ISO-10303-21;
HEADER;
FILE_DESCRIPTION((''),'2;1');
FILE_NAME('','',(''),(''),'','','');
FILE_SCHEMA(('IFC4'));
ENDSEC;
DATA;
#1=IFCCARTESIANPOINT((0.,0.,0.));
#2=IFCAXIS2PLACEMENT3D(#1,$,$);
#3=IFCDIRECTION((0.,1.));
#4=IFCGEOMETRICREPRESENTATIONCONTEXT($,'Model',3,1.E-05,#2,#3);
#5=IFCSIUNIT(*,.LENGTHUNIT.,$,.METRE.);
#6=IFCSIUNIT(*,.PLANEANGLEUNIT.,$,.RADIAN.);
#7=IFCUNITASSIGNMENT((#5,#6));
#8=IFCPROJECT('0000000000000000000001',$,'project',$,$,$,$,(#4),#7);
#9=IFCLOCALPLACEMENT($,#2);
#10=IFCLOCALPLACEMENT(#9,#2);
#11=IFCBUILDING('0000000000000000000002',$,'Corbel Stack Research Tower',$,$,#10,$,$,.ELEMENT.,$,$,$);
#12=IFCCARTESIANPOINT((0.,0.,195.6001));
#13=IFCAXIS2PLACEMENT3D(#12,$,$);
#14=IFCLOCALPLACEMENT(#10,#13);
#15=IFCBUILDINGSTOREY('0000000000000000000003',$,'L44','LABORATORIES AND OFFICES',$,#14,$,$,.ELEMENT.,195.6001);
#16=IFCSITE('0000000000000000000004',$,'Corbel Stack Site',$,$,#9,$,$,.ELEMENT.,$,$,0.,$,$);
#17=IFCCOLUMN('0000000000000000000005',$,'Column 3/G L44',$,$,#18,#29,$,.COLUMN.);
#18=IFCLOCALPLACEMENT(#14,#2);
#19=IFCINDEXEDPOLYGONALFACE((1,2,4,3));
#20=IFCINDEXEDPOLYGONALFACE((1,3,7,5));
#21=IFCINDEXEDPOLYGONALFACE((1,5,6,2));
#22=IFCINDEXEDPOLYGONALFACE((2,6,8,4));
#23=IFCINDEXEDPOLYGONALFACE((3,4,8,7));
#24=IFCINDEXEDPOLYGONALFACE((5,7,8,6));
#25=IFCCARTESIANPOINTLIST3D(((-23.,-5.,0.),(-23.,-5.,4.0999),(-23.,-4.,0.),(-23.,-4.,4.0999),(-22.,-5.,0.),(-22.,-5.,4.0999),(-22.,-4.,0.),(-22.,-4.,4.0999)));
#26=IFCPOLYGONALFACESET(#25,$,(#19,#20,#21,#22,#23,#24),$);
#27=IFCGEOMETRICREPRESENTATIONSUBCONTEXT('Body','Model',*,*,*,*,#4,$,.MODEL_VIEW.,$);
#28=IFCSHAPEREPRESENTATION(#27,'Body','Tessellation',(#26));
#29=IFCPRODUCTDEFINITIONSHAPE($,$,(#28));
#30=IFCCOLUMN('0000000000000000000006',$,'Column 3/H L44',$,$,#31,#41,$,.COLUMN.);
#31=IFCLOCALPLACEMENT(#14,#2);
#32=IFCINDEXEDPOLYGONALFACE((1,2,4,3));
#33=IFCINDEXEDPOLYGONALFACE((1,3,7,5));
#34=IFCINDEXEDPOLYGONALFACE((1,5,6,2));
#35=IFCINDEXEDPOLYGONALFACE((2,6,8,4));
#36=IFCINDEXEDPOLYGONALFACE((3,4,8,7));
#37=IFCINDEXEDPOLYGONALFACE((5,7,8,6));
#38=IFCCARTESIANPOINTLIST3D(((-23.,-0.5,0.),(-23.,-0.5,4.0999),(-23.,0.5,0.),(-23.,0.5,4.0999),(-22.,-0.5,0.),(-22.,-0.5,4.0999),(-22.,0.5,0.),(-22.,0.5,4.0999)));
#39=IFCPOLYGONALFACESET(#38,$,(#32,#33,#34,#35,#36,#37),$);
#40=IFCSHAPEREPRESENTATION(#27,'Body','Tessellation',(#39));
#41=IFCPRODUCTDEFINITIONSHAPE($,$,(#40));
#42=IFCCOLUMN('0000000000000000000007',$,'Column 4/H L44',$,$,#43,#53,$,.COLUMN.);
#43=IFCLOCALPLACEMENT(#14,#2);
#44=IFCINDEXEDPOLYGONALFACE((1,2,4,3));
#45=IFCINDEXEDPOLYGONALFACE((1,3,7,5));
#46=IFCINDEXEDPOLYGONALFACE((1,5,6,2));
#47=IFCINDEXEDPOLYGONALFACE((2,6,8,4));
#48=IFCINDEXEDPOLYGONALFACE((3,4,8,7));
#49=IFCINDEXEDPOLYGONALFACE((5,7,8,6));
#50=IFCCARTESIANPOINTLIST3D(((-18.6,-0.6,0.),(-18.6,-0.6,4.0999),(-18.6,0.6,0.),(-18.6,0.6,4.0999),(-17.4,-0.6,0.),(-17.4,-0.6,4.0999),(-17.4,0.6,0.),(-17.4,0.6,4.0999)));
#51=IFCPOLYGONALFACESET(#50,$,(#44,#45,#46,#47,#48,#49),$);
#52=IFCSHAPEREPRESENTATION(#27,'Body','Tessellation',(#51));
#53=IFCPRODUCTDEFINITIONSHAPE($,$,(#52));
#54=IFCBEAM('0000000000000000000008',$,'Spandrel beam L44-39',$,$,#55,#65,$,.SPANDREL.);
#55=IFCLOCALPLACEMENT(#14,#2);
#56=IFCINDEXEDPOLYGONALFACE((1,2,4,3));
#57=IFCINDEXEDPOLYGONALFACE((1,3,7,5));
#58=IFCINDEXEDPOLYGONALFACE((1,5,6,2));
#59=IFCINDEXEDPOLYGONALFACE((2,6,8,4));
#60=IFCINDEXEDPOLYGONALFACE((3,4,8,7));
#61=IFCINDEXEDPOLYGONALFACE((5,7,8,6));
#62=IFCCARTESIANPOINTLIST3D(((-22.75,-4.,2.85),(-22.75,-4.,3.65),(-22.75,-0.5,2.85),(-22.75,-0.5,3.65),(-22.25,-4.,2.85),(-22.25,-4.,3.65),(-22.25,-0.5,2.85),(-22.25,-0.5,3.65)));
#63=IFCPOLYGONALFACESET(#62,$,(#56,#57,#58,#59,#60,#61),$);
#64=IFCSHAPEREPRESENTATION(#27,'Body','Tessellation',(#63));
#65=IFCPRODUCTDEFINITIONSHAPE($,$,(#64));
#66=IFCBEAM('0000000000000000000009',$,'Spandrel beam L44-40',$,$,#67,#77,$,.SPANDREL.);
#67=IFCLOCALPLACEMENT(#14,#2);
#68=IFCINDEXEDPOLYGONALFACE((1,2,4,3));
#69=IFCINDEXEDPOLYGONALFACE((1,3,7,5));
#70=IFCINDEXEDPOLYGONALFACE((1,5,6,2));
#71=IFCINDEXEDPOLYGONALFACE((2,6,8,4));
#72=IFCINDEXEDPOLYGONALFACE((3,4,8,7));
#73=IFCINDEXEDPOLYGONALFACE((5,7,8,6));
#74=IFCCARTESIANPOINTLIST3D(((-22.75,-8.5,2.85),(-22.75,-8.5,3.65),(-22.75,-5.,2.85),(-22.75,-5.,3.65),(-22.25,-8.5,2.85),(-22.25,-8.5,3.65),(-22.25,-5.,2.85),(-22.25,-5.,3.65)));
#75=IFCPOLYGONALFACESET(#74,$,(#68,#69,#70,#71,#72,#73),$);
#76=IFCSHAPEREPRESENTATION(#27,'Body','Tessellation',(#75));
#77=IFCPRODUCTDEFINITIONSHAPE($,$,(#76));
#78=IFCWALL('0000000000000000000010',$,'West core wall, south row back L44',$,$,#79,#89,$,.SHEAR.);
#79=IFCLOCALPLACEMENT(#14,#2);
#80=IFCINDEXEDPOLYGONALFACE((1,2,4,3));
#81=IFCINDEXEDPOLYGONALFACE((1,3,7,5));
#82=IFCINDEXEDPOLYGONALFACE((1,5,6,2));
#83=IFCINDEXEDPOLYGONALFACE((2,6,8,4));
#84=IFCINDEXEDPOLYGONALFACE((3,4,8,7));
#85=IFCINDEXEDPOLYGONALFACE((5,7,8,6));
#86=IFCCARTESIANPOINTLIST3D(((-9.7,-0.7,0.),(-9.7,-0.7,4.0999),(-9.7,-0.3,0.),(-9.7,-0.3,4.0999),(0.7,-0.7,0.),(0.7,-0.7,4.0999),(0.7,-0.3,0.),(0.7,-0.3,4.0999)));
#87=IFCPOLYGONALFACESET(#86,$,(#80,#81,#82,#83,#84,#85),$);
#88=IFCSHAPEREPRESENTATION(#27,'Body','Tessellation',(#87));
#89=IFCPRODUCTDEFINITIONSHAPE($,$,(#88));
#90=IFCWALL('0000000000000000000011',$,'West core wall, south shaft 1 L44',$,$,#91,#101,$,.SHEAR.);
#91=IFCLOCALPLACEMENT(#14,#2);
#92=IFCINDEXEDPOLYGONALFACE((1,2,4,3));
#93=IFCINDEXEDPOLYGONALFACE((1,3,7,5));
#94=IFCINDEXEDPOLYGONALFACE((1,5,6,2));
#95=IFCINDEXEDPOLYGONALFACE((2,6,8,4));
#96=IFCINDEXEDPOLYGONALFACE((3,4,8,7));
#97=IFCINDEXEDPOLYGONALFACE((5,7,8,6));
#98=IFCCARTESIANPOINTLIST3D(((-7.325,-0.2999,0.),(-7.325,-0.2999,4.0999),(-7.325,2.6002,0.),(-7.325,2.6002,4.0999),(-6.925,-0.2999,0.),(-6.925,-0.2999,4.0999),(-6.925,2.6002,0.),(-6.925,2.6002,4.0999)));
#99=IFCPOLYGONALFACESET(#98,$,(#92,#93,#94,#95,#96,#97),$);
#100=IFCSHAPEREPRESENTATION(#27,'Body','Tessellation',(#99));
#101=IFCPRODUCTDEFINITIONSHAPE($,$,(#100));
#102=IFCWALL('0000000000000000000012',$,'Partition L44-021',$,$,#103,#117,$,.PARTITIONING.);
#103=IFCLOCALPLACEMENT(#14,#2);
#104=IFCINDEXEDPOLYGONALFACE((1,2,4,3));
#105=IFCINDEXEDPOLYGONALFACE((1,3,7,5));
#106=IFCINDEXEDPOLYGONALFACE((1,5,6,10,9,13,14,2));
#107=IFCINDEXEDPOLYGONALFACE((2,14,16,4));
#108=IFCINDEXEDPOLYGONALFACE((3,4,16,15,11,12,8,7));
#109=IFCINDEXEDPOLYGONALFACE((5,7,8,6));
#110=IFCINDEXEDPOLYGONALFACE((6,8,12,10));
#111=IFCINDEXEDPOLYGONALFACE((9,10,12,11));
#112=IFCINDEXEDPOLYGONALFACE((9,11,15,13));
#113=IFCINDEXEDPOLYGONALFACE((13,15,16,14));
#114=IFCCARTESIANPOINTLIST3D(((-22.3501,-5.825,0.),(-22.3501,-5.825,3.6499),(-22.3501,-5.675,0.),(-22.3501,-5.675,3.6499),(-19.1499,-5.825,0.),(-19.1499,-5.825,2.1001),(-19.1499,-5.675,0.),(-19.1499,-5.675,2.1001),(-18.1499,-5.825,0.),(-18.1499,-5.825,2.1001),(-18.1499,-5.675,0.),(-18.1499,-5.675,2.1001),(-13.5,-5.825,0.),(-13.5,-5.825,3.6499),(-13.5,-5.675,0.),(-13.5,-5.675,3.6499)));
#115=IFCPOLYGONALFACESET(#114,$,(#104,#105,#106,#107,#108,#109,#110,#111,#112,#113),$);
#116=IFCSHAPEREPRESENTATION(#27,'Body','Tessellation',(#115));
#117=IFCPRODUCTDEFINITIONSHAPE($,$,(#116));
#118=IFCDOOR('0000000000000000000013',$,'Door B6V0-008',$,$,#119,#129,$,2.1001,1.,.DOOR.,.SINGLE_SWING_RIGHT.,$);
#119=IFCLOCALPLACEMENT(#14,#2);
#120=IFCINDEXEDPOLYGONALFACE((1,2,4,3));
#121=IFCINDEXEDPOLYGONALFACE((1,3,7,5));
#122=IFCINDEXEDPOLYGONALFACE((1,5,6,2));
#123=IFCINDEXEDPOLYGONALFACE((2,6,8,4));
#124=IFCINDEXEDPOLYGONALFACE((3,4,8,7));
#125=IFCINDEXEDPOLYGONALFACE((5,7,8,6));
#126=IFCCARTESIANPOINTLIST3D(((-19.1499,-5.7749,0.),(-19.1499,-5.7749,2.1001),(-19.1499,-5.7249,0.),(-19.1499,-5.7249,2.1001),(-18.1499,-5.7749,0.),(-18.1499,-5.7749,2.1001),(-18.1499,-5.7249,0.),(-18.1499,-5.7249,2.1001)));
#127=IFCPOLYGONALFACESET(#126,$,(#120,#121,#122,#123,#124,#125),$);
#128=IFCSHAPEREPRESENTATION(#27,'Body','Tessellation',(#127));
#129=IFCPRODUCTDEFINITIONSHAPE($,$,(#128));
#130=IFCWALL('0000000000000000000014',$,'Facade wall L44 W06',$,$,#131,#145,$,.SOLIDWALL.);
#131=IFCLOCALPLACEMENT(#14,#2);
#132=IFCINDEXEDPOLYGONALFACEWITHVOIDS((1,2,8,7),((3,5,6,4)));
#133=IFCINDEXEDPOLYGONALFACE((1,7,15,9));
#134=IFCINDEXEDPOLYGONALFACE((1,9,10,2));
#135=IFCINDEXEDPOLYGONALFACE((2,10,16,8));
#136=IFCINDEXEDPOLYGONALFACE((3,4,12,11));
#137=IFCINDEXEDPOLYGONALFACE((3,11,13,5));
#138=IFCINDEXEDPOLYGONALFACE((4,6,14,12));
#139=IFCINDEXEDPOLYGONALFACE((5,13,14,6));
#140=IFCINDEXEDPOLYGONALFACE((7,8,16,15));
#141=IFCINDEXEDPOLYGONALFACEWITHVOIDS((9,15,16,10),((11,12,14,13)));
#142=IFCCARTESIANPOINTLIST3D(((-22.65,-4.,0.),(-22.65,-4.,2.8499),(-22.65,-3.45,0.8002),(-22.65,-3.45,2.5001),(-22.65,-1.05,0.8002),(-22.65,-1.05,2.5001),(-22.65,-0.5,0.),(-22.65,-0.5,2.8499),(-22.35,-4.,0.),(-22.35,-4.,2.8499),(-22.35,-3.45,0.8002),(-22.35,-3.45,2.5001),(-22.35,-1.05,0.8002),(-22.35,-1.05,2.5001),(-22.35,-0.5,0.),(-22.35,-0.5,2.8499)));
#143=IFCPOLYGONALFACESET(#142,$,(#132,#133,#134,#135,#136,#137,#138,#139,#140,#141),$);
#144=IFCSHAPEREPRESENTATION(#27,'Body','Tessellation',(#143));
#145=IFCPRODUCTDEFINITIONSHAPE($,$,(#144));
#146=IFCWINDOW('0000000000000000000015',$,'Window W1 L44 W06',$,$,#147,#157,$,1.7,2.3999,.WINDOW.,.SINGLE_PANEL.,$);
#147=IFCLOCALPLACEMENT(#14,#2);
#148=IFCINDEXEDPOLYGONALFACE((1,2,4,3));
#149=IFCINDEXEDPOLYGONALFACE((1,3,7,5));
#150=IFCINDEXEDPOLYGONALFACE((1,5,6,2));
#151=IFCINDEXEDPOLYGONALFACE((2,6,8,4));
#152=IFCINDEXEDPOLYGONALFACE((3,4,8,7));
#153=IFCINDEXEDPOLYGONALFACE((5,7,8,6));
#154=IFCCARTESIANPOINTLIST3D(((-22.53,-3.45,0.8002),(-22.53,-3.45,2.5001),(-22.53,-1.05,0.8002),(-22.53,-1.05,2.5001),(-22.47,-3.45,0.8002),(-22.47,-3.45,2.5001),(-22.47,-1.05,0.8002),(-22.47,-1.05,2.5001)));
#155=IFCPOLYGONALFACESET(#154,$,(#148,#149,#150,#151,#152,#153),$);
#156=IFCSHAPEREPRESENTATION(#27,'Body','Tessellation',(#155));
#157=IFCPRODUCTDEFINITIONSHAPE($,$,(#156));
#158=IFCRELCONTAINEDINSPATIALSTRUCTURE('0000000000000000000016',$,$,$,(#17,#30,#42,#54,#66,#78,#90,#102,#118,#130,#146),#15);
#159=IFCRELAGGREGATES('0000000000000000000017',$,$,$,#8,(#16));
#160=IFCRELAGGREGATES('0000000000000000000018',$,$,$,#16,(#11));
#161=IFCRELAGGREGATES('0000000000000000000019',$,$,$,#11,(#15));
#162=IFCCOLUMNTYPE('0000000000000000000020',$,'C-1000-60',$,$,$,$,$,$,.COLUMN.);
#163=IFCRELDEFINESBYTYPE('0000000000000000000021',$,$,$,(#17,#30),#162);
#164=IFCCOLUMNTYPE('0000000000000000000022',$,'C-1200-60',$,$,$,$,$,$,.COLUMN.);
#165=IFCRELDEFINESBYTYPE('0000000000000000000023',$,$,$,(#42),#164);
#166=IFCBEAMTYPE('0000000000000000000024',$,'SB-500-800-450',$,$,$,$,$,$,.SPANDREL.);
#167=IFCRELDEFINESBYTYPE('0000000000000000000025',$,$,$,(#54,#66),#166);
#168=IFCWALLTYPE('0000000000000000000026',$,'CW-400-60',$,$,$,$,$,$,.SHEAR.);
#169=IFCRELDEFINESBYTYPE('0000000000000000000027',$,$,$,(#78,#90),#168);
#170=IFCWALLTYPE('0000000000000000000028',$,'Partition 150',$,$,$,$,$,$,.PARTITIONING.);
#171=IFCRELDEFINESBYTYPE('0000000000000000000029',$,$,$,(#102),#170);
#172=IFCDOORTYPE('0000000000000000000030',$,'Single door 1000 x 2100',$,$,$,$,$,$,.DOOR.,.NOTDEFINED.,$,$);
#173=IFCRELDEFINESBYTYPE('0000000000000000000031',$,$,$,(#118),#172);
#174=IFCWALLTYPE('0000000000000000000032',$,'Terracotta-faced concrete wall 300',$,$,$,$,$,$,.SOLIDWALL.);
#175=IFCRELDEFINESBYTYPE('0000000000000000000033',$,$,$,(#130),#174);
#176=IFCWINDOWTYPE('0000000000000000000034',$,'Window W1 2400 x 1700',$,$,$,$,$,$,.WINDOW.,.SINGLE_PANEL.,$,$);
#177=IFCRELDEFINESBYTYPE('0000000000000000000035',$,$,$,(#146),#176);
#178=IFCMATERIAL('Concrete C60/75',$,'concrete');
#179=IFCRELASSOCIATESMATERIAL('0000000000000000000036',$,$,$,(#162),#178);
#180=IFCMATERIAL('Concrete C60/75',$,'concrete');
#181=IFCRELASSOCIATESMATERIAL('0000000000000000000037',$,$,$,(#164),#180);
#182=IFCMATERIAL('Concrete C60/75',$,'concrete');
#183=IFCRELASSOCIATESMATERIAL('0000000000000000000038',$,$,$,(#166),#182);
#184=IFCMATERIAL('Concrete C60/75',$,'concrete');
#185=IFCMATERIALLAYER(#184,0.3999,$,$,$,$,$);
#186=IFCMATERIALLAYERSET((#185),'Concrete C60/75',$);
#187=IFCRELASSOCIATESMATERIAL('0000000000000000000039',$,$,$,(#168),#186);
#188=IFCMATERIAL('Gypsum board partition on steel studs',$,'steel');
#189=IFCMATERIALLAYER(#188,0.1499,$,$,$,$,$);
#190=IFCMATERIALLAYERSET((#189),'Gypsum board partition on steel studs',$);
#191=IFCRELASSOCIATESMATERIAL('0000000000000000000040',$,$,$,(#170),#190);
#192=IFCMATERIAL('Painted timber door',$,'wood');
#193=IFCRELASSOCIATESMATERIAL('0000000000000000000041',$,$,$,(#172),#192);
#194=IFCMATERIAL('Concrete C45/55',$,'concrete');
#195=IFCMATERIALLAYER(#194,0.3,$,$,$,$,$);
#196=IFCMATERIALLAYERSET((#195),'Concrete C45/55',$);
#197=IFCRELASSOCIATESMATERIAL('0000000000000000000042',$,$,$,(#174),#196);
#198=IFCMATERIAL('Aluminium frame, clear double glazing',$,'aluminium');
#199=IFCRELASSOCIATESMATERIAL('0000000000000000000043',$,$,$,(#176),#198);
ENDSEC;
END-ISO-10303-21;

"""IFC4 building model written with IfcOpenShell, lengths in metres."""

from ifc_helpers import new_model, si_unit, direction, frame, frame_2d, origin, origin_2d, place, context, subcontext, project, spatial, rectangle, extrude, material, layer, layer_set, material_profile, profile_set, type_object, element, fill, save


model = new_model("IFC4")

# Units and contexts
model_context = context("Model", 3, precision=1e-05, world=origin(), true_north=direction((0.0, 1.0)))
body_context = subcontext(model_context, "Body", "Model", "MODEL_VIEW")
ifc_project = project(units=[si_unit("LENGTHUNIT", "METRE"), si_unit("PLANEANGLEUNIT", "RADIAN")], contexts=[model_context])

# Site, building, storey
site_placement = place(None, origin())
site = spatial("IfcSite", under=ifc_project, at=site_placement, Name="Corbel Stack Site", CompositionType="ELEMENT", RefElevation=0.0)
building_placement = place(site_placement, origin())
building = spatial("IfcBuilding", under=site, at=building_placement, Name="Corbel Stack Research Tower", CompositionType="ELEMENT")
storey_placement = place(building_placement, frame((0.0, 0.0, 195.6001)))
storey = spatial("IfcBuildingStorey", under=building, at=storey_placement, Name="L44", Description="LABORATORIES AND OFFICES", CompositionType="ELEMENT", Elevation=195.6001)

# Columns
ifc_material_1 = material(Name="Concrete C60/75", Category="concrete")
ifc_material_profile_1 = material_profile(ifc_material_1, rectangle(XDim=1.0, YDim=1.0, at=origin_2d()), Name="RC 1000 x 1000")
ifc_profile_set_1 = profile_set([ifc_material_profile_1], Name="Concrete C60/75")
column_type_1 = type_object("IfcColumnType", Name="C-1000-60", PredefinedType="COLUMN", material=ifc_profile_set_1)
for number, where, z_axis, x_axis, name in (
    (1, (-22.5, -4.5, 0.0), (0.0, 0.0, 1.0), (1.0, 0.0, 0.0), "Column 3/G L44"),
    (2, (-22.5, 0.0, 0.0), (0.0, 0.0, 1.0), (1.0, 0.0, 0.0), "Column 3/H L44"),
):
    element("IfcColumn", number, at=place(storey_placement, frame(where, z_axis=z_axis, x_axis=x_axis)), inside=storey, type_object=column_type_1, Name=name, PredefinedType="COLUMN", context=body_context, shape_type="SweptSolid", body=[
        extrude(rectangle(XDim=1.0, YDim=1.0, at=origin_2d()), origin(), (0.0, 0.0, 1.0), 4.0999),
    ])
ifc_material_2 = material(Name="Concrete C60/75", Category="concrete")
ifc_material_profile_2 = material_profile(ifc_material_2, rectangle(XDim=1.2, YDim=1.2, at=origin_2d()), Name="RC 1200 x 1200")
ifc_profile_set_2 = profile_set([ifc_material_profile_2], Name="Concrete C60/75")
column_type_2 = type_object("IfcColumnType", Name="C-1200-60", PredefinedType="COLUMN", material=ifc_profile_set_2)
column_placement = place(storey_placement, frame((-18.0, 0.0, 0.0), z_axis=(0.0, 0.0, 1.0), x_axis=(1.0, 0.0, 0.0)))
element("IfcColumn", 3, at=column_placement, inside=storey, type_object=column_type_2, Name="Column 4/H L44", PredefinedType="COLUMN", context=body_context, shape_type="SweptSolid", body=[
    extrude(rectangle(XDim=1.2, YDim=1.2, at=origin_2d()), origin(), (0.0, 0.0, 1.0), 4.0999),
])

# Beams
ifc_material_3 = material(Name="Concrete C60/75", Category="concrete")
ifc_material_profile_3 = material_profile(ifc_material_3, rectangle(XDim=0.5, YDim=0.8, at=origin_2d()), Name="RC 500 x 800")
ifc_profile_set_3 = profile_set([ifc_material_profile_3], Name="Concrete C60/75")
beam_type = type_object("IfcBeamType", Name="SB-500-800-450", PredefinedType="SPANDREL", material=ifc_profile_set_3)
for number, where, z_axis, x_axis, name in (
    (4, (-22.5, -0.5, 3.25), (0.0, -1.0, 0.0), (1.0, 0.0, 0.0), "Spandrel beam L44-39"),
    (5, (-22.5, -5.0, 3.25), (0.0, -1.0, 0.0), (1.0, 0.0, 0.0), "Spandrel beam L44-40"),
):
    element("IfcBeam", number, at=place(storey_placement, frame(where, z_axis=z_axis, x_axis=x_axis)), inside=storey, type_object=beam_type, Name=name, PredefinedType="SPANDREL", context=body_context, shape_type="SweptSolid", body=[
        extrude(rectangle(XDim=0.5, YDim=0.8, at=origin_2d()), origin(), (0.0, 0.0, 1.0), 3.5),
    ])

# Walls
ifc_material_4 = material(Name="Concrete C60/75", Category="concrete")
ifc_layer_1 = layer(ifc_material_4, 0.3999)
ifc_layer_set_1 = layer_set([ifc_layer_1], Name="Concrete C60/75")
wall_type_1 = type_object("IfcWallType", Name="CW-400-60", PredefinedType="SHEAR", material=ifc_layer_set_1)
wall_1_placement = place(storey_placement, frame((-9.7, -0.5, 0.0), z_axis=(0.0, 0.0, 1.0), x_axis=(1.0, 0.0, 0.0)))
element("IfcWall", 6, at=wall_1_placement, inside=storey, type_object=wall_type_1, Name="West core wall, south row back L44", PredefinedType="SHEAR", context=body_context, shape_type="SweptSolid", body=[
    extrude(rectangle(XDim=10.3999, YDim=0.3999, at=frame_2d((5.2, 0.0))), origin(), (0.0, 0.0, 1.0), 4.0999),
])
wall_2_placement = place(storey_placement, frame((-7.125, -0.3, 0.0), z_axis=(0.0, 0.0, 1.0), x_axis=(0.0, 1.0, 0.0)))
element("IfcWall", 7, at=wall_2_placement, inside=storey, type_object=wall_type_1, Name="West core wall, south shaft 1 L44", PredefinedType="SHEAR", context=body_context, shape_type="SweptSolid", body=[
    extrude(rectangle(XDim=2.9001, YDim=0.3999, at=frame_2d((1.4502, 0.0))), origin(), (0.0, 0.0, 1.0), 4.0999),
])

# Wall, opening, door
ifc_material_5 = material(Name="Gypsum board partition on steel studs", Category="steel")
ifc_layer_2 = layer(ifc_material_5, 0.1499)
ifc_layer_set_2 = layer_set([ifc_layer_2], Name="Gypsum board partition on steel studs")
wall_type_2 = type_object("IfcWallType", Name="Partition 150", PredefinedType="PARTITIONING", material=ifc_layer_set_2)
wall_3_placement = place(storey_placement, frame((-13.5, -5.75, 0.0), z_axis=(0.0, 0.0, 1.0), x_axis=(-1.0, 0.0, 0.0)))
wall_3 = element("IfcWall", 8, at=wall_3_placement, inside=storey, type_object=wall_type_2, Name="Partition L44-021", PredefinedType="PARTITIONING", context=body_context, shape_type="SweptSolid", body=[
    extrude(rectangle(XDim=8.8501, YDim=0.1499, at=frame_2d((4.425, 0.0))), origin(), (0.0, 0.0, 1.0), 3.6499),
])
opening_1_placement = place(wall_3_placement, frame((4.6499, 0.0, 0.0)))
opening_1 = element("IfcOpeningElement", 9, at=opening_1_placement, cuts=wall_3, PredefinedType="OPENING", context=body_context, shape_type="SweptSolid", body=[
    extrude(rectangle(XDim=1.0, YDim=2.1001, at=frame_2d((0.5, 1.05))), frame((0.0, 0.085, 0.0), z_axis=(0.0, -1.0, 0.0), x_axis=(1.0, 0.0, 0.0)), (0.0, 0.0, 1.0), 0.1699),
])
ifc_material_6 = material(Name="Painted timber door", Category="wood")
door_type = type_object("IfcDoorType", Name="Single door 1000 x 2100", OperationType="NOTDEFINED", PredefinedType="DOOR", material=ifc_material_6)
door_placement = place(opening_1_placement, origin())
door = element("IfcDoor", 10, at=door_placement, inside=storey, type_object=door_type, Name="Door B6V0-008", OperationType="SINGLE_SWING_RIGHT", OverallHeight=2.1001, OverallWidth=1.0, PredefinedType="DOOR", context=body_context, shape_type="SweptSolid", body=[
    extrude(rectangle(XDim=1.0, YDim=2.1001, at=frame_2d((0.5, 1.05))), frame((0.0, 0.0249, 0.0), z_axis=(0.0, -1.0, 0.0), x_axis=(1.0, 0.0, 0.0)), (0.0, 0.0, 1.0), 0.05),
])
fill(opening_1, door)

# Wall, opening, window
ifc_material_7 = material(Name="Concrete C45/55", Category="concrete")
ifc_layer_3 = layer(ifc_material_7, 0.3)
ifc_layer_set_3 = layer_set([ifc_layer_3], Name="Concrete C45/55")
wall_type_3 = type_object("IfcWallType", Name="Terracotta-faced concrete wall 300", PredefinedType="SOLIDWALL", material=ifc_layer_set_3)
wall_4_placement = place(storey_placement, frame((-22.5, -4.0, 0.0), z_axis=(0.0, 0.0, 1.0), x_axis=(0.0, 1.0, 0.0)))
wall_4 = element("IfcWall", 11, at=wall_4_placement, inside=storey, type_object=wall_type_3, Name="Facade wall L44 W06", PredefinedType="SOLIDWALL", context=body_context, shape_type="SweptSolid", body=[
    extrude(rectangle(XDim=3.5, YDim=0.3, at=frame_2d((1.75, 0.0))), origin(), (0.0, 0.0, 1.0), 2.8499),
])
opening_2_placement = place(wall_4_placement, frame((0.55, 0.0, 0.8)))
opening_2 = element("IfcOpeningElement", 12, at=opening_2_placement, cuts=wall_4, PredefinedType="OPENING", context=body_context, shape_type="SweptSolid", body=[
    extrude(rectangle(XDim=2.3999, YDim=1.7, at=frame_2d((1.2, 0.8501))), frame((0.0, 0.1599, 0.0), z_axis=(0.0, -1.0, 0.0), x_axis=(1.0, 0.0, 0.0)), (0.0, 0.0, 1.0), 0.3201),
])
ifc_material_8 = material(Name="Aluminium frame, clear double glazing", Category="aluminium")
window_type = type_object("IfcWindowType", Name="Window W1 2400 x 1700", PartitioningType="SINGLE_PANEL", PredefinedType="WINDOW", material=ifc_material_8)
window_placement = place(opening_2_placement, origin())
window = element("IfcWindow", 13, at=window_placement, inside=storey, type_object=window_type, Name="Window W1 L44 W06", OverallHeight=1.7, OverallWidth=2.3999, PartitioningType="SINGLE_PANEL", PredefinedType="WINDOW", context=body_context, shape_type="SweptSolid", body=[
    extrude(rectangle(XDim=2.3999, YDim=1.7, at=frame_2d((1.2, 0.8501))), frame((0.0, 0.03, 0.0), z_axis=(0.0, -1.0, 0.0), x_axis=(1.0, 0.0, 0.0)), (0.0, 0.0, 1.0), 0.0601),
])
fill(opening_2, window)

save(model, "model.ifc")
